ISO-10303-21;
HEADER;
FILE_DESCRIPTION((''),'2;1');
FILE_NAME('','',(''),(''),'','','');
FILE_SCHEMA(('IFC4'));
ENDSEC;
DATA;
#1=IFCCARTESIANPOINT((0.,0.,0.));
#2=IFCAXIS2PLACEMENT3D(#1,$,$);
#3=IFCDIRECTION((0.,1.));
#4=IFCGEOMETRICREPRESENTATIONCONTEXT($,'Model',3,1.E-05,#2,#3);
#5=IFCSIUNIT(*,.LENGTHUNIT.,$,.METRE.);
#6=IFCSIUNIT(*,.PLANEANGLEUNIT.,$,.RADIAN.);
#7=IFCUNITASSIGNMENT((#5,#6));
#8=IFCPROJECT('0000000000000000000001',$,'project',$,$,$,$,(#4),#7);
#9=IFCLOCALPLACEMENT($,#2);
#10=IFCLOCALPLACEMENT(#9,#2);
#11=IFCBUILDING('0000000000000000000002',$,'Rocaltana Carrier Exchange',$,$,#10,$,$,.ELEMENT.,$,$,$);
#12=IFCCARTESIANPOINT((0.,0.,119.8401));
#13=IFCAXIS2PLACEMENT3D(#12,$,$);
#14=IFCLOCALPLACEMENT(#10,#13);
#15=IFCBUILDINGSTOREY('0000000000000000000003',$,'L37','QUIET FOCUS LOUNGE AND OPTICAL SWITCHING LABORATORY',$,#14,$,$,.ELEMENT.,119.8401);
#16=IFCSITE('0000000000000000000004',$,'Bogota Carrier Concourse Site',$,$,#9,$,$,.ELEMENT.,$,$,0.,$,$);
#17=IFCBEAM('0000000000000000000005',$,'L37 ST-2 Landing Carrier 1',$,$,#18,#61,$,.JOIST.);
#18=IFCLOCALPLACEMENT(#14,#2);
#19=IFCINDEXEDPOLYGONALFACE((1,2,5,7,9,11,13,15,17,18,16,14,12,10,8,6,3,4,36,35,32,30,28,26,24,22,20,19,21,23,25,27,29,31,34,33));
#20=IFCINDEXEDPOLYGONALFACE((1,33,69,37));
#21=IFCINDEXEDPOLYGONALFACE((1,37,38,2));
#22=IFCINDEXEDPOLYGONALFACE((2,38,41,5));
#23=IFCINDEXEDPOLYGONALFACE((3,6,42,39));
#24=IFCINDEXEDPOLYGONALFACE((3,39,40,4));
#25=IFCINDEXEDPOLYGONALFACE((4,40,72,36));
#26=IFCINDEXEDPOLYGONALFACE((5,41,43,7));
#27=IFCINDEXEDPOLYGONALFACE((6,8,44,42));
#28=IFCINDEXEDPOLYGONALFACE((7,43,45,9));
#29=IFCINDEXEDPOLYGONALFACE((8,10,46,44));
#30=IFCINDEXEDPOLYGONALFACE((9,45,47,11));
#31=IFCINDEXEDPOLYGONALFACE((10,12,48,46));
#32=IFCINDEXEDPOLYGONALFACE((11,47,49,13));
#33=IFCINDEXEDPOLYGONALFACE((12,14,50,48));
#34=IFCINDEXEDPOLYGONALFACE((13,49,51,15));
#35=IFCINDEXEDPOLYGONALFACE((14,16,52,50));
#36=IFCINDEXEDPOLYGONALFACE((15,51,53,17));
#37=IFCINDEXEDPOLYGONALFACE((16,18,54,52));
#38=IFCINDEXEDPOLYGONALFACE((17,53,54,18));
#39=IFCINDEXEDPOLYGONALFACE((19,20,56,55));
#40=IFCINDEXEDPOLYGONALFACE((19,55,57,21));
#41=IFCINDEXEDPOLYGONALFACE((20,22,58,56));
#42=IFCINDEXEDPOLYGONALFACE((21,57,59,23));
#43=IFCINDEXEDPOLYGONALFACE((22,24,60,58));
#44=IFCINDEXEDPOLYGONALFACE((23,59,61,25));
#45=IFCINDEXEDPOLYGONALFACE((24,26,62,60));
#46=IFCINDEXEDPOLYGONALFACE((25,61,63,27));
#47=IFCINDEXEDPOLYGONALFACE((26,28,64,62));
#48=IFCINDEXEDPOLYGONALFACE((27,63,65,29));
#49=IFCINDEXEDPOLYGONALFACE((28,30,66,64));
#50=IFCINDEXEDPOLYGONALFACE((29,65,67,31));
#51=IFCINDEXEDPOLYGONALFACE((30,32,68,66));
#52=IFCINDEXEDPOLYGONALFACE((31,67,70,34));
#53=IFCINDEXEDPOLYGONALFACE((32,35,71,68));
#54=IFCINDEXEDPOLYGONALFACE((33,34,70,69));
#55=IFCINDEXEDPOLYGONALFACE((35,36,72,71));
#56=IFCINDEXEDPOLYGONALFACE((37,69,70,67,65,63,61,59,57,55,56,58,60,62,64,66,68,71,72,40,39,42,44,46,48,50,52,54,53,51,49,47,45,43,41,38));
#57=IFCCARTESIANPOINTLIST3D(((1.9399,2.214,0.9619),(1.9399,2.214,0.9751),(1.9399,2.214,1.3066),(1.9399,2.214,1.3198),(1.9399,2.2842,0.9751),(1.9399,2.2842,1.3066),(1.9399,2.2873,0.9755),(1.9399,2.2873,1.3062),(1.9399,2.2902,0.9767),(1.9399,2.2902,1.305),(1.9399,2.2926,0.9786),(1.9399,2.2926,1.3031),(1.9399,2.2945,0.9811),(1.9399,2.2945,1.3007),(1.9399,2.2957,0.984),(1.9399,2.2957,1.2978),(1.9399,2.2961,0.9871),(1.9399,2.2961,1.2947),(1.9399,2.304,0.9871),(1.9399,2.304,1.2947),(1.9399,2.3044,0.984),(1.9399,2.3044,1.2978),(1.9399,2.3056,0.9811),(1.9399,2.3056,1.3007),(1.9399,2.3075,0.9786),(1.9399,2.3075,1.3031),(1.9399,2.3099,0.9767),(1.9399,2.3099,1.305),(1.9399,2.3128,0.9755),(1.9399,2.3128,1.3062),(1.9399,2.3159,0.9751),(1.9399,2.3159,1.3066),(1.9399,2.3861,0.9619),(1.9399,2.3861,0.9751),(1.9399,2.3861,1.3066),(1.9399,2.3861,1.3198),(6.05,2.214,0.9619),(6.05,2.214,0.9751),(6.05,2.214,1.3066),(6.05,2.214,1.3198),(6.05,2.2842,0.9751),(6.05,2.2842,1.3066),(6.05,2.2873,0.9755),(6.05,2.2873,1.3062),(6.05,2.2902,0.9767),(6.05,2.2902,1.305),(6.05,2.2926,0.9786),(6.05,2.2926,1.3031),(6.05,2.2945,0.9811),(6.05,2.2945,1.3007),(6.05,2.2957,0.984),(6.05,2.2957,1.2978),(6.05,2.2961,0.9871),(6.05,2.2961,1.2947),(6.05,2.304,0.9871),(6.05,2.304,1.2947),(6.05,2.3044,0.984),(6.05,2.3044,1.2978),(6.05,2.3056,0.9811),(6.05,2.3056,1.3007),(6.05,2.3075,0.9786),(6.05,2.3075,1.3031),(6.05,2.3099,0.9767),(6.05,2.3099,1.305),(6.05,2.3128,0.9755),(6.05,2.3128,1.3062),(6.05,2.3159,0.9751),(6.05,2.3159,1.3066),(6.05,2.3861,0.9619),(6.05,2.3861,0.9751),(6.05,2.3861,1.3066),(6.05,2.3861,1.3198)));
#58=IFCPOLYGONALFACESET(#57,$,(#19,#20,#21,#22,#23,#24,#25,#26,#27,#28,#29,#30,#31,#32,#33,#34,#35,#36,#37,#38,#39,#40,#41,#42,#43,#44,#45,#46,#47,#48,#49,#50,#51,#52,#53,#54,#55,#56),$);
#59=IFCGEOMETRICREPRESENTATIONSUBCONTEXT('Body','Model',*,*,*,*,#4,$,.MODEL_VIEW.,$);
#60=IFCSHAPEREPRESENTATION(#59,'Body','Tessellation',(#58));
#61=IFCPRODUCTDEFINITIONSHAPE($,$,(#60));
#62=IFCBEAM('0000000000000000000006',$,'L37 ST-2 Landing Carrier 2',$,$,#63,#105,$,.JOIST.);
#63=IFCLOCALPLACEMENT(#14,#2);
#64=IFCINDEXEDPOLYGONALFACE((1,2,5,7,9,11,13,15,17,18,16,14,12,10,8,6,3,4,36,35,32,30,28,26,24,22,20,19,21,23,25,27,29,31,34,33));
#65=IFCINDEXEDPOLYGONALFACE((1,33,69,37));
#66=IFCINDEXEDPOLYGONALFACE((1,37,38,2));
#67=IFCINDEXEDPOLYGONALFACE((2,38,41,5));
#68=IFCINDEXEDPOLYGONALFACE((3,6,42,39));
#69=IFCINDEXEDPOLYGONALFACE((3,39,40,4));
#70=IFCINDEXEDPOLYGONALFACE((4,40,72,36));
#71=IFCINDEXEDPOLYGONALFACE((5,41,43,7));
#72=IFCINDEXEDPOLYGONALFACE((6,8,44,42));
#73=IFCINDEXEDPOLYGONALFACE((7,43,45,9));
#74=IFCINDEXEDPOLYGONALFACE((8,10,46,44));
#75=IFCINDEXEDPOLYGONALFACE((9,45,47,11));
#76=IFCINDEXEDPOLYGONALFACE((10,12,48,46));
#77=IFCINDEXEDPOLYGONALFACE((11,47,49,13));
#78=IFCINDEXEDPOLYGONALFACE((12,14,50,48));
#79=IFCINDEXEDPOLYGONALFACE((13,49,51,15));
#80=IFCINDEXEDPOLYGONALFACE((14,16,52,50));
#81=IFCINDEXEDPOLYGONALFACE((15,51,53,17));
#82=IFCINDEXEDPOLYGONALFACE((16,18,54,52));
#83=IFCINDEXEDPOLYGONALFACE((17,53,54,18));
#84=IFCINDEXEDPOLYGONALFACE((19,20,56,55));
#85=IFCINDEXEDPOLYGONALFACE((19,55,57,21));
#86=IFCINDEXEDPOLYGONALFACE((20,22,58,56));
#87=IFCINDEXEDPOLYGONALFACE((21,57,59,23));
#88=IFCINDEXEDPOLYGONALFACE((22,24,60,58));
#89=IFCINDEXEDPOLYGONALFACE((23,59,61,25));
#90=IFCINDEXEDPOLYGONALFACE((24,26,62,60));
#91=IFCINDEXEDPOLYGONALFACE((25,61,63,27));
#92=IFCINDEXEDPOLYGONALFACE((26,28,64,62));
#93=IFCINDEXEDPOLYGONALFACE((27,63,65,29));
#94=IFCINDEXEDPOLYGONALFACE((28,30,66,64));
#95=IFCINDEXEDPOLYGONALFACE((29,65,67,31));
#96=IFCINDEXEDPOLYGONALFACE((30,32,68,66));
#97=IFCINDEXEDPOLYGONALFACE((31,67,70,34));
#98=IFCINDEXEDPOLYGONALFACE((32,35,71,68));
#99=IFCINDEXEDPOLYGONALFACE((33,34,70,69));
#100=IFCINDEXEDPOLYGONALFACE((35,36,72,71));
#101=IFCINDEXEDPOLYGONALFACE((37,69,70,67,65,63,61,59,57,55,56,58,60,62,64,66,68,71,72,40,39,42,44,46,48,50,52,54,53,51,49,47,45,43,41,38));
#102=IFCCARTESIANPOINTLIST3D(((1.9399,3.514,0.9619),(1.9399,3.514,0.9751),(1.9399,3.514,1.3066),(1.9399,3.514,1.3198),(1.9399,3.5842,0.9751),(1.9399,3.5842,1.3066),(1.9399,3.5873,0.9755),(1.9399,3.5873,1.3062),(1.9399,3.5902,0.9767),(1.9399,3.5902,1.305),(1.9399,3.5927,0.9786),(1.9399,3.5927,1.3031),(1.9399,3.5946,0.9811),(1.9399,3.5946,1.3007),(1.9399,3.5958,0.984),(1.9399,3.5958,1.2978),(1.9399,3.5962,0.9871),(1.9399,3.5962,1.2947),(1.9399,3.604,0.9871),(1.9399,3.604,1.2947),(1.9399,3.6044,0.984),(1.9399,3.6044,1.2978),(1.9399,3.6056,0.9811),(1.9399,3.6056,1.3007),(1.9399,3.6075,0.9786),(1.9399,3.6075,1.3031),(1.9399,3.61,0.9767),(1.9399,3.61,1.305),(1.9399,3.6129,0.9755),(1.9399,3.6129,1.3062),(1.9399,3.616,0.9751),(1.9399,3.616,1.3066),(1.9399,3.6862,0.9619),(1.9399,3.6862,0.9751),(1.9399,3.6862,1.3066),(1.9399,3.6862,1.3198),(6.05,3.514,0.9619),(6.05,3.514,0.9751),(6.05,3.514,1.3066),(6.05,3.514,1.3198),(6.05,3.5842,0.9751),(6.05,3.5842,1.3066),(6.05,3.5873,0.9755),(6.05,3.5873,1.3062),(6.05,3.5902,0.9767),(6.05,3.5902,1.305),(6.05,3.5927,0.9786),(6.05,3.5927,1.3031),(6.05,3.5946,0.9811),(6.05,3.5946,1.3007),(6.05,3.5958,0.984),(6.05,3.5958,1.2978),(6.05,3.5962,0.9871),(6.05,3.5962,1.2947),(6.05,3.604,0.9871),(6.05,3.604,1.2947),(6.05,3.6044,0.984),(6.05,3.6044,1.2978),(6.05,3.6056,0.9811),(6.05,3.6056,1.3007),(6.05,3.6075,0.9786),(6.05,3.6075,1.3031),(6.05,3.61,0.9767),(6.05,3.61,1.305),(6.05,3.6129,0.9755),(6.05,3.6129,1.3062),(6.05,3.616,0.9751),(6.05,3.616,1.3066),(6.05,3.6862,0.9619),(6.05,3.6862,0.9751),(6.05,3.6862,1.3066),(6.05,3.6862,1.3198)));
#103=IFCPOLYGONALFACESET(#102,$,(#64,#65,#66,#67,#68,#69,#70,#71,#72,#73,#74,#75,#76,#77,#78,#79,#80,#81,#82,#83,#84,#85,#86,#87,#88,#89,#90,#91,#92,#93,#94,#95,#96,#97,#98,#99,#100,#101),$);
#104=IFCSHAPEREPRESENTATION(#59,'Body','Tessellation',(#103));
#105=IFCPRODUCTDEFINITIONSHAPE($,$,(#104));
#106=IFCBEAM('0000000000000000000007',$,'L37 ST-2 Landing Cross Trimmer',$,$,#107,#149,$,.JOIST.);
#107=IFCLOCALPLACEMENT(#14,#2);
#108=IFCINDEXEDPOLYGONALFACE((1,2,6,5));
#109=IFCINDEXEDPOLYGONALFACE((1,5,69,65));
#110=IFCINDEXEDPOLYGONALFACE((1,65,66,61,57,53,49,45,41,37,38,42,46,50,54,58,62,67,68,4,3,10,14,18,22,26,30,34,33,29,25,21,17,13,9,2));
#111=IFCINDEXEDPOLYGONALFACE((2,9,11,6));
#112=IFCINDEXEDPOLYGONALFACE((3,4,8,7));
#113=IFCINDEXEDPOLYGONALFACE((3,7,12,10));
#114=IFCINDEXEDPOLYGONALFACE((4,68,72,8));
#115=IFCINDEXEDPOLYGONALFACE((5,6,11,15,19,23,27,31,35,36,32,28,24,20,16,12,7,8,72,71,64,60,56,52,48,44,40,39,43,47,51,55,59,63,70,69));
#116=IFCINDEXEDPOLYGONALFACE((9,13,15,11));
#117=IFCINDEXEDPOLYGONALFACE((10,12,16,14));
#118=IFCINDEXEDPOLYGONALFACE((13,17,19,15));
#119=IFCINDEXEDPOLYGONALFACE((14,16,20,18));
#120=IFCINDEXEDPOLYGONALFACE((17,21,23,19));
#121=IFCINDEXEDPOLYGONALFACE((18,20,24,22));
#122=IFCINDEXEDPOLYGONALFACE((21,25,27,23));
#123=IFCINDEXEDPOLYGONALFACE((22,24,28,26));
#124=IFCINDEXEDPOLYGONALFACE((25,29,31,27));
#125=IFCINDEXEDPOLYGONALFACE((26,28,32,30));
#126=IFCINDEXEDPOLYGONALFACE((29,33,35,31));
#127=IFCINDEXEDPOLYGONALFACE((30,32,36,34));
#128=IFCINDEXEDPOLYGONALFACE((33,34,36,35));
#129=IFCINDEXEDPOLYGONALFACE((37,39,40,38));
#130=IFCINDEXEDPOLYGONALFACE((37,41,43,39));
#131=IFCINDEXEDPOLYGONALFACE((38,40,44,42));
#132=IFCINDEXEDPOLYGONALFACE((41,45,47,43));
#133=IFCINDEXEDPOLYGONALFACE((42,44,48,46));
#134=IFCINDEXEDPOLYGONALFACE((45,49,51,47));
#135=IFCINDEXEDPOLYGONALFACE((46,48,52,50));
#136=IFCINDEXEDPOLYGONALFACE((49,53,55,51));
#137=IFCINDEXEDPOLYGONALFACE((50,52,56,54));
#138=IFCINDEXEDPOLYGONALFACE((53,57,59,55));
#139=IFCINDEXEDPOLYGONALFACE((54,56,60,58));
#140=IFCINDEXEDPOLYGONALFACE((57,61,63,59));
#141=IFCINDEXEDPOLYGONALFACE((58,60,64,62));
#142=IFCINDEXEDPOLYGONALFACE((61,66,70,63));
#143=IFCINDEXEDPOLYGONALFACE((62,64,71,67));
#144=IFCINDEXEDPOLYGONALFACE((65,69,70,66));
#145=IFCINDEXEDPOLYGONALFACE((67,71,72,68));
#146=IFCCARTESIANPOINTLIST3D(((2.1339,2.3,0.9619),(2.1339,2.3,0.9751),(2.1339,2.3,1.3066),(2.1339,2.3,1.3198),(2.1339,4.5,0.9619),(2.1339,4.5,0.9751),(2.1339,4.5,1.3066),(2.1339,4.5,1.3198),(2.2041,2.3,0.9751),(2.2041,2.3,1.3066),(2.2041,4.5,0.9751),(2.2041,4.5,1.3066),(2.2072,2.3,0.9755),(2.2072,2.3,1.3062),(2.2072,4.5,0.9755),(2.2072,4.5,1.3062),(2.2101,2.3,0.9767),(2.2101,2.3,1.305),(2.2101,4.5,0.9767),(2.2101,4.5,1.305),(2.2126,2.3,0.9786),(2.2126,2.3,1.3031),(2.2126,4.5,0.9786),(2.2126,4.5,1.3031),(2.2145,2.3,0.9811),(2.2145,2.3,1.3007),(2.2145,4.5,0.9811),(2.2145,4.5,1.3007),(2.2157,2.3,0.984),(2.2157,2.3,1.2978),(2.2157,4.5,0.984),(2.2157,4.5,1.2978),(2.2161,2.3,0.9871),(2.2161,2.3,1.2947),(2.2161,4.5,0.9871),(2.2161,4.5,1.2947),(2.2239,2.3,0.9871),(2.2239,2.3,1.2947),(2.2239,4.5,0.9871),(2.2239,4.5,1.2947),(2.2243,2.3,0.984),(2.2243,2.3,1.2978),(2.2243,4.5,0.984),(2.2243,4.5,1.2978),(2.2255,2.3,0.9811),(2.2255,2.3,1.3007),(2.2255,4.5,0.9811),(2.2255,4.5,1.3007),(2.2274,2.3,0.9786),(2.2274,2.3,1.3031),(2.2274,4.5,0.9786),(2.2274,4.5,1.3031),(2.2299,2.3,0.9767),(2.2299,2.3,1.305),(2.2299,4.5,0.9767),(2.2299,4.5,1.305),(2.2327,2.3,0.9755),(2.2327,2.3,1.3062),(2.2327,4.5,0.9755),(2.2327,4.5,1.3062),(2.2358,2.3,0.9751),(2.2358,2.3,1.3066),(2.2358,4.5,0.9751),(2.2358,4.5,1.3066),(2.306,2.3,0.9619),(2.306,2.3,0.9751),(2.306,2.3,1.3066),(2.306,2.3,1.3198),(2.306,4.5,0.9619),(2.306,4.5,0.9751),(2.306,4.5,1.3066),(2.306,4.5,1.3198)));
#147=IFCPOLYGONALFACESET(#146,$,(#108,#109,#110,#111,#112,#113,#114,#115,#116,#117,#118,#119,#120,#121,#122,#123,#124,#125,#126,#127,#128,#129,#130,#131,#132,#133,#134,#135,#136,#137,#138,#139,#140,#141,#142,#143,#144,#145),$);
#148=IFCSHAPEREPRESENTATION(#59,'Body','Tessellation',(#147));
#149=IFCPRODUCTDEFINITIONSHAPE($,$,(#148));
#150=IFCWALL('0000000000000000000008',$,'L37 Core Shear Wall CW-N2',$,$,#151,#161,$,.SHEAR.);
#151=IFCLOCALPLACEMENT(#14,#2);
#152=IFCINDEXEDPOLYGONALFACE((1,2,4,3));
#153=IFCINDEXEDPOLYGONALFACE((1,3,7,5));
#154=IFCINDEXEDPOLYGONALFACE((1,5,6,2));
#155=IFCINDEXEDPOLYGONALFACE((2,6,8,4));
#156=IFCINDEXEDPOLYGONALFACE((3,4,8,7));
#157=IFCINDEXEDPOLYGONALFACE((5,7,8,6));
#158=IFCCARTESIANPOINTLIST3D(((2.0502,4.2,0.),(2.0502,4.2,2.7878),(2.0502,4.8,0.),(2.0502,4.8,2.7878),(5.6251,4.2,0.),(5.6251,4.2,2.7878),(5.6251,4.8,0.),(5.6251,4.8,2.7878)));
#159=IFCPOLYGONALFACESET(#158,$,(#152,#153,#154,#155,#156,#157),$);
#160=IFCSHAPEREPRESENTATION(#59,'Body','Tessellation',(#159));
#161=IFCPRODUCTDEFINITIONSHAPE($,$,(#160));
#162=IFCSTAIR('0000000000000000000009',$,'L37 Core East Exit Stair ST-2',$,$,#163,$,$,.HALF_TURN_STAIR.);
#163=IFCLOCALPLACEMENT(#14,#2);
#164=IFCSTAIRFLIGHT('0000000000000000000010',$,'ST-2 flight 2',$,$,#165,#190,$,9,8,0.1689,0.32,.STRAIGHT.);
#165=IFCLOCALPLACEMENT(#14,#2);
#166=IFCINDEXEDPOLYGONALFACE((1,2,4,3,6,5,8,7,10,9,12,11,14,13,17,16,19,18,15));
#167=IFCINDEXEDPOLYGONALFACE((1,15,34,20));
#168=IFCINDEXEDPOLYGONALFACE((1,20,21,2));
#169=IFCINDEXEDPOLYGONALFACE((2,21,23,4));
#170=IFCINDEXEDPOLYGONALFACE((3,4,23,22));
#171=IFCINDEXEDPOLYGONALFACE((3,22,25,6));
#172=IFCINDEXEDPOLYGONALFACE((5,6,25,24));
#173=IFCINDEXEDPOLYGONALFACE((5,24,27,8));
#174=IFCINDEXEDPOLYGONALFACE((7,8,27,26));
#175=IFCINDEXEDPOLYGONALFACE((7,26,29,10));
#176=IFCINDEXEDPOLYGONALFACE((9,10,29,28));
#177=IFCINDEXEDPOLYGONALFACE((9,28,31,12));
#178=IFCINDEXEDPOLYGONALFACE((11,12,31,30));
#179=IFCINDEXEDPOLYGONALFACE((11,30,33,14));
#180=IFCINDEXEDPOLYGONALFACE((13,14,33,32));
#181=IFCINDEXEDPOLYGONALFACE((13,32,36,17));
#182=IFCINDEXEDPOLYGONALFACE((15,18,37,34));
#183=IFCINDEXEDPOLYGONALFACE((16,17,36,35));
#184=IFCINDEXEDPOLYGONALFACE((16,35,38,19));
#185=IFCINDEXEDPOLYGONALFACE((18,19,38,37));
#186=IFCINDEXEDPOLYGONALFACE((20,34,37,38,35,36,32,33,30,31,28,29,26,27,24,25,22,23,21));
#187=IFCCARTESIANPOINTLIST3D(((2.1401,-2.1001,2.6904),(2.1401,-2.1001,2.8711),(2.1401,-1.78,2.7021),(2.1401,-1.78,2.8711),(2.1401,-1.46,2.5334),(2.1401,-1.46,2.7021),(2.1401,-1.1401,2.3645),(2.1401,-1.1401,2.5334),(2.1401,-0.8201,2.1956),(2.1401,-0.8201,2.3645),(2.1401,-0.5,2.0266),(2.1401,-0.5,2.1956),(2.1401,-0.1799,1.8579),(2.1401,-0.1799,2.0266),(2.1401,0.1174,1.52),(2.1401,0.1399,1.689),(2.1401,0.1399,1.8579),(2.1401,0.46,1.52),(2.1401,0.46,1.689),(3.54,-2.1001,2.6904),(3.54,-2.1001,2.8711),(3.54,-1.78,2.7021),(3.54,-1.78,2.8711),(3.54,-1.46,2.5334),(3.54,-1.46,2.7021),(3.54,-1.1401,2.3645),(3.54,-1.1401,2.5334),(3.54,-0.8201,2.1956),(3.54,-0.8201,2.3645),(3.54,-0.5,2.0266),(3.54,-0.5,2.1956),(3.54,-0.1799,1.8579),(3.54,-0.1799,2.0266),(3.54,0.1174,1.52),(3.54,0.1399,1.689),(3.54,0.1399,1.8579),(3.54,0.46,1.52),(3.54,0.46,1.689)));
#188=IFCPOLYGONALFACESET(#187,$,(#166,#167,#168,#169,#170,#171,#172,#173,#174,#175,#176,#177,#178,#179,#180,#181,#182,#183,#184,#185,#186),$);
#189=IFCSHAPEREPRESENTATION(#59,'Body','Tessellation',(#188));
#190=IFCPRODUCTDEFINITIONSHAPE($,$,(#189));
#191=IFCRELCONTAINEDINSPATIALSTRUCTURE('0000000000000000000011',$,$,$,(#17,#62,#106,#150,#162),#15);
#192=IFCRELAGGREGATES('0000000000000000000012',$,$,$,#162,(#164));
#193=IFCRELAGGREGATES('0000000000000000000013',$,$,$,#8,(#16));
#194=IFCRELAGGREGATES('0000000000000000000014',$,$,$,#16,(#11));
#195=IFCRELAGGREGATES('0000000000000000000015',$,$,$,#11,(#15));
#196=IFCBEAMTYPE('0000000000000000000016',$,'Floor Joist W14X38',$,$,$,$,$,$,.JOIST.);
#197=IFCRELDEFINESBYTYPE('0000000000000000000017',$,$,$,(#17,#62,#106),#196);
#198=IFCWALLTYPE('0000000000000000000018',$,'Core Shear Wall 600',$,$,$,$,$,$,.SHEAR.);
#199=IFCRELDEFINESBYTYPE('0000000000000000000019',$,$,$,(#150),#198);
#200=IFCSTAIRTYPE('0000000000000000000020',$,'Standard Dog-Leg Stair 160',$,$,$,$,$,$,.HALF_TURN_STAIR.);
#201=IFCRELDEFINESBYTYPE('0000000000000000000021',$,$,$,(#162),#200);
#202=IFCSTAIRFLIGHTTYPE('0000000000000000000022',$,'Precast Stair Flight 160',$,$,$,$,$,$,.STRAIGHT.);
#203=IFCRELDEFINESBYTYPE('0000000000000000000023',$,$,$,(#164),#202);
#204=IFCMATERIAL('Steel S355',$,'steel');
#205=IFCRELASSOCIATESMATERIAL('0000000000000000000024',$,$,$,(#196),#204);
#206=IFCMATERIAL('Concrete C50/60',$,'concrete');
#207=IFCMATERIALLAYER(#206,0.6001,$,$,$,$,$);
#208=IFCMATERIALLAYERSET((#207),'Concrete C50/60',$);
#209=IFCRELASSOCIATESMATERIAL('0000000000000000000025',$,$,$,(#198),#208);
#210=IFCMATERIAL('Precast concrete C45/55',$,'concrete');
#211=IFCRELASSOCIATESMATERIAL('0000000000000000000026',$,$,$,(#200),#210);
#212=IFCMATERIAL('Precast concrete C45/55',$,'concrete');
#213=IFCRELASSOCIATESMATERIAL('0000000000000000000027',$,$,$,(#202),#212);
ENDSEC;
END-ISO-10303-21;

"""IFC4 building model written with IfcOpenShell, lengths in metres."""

from ifc_helpers import new_model, si_unit, direction, frame, frame_2d, origin, origin_2d, place, context, subcontext, project, spatial, polyline, rectangle, i_section, outline, extrude, material, layer, layer_set, material_profile, profile_set, type_object, element, aggregate, save


model = new_model("IFC4")

# Units and contexts
model_context = context("Model", 3, precision=1e-05, world=origin(), true_north=direction((0.0, 1.0)))
body_context = subcontext(model_context, "Body", "Model", "MODEL_VIEW")
ifc_project = project(units=[si_unit("LENGTHUNIT", "METRE"), si_unit("PLANEANGLEUNIT", "RADIAN")], contexts=[model_context])

# Site, building, storey
site_placement = place(None, origin())
site = spatial("IfcSite", under=ifc_project, at=site_placement, Name="Bogota Carrier Concourse Site", CompositionType="ELEMENT", RefElevation=0.0)
building_placement = place(site_placement, origin())
building = spatial("IfcBuilding", under=site, at=building_placement, Name="Rocaltana Carrier Exchange", CompositionType="ELEMENT")
storey_placement = place(building_placement, frame((0.0, 0.0, 119.8401)))
storey = spatial("IfcBuildingStorey", under=building, at=storey_placement, Name="L37", Description="QUIET FOCUS LOUNGE AND OPTICAL SWITCHING LABORATORY", CompositionType="ELEMENT", Elevation=119.8401)

# Beams
ifc_material_1 = material(Name="Steel S355", Category="steel")
ifc_material_profile = material_profile(ifc_material_1, i_section(OverallWidth=0.1721, OverallDepth=0.3579, WebThickness=0.0078, FlangeThickness=0.0132, FilletRadius=0.012, at=origin_2d()), Name="W14X38")
ifc_profile_set = profile_set([ifc_material_profile], Name="Steel S355")
beam_type = type_object("IfcBeamType", Name="Floor Joist W14X38", PredefinedType="JOIST", material=ifc_profile_set)
for number, where, z_axis, x_axis, name in (
    (1, (1.9399, 2.3, 1.1409), (1.0, 0.0, 0.0), (0.0, 1.0, 0.0), "L37 ST-2 Landing Carrier 1"),
    (2, (1.9399, 3.6001, 1.1409), (1.0, 0.0, 0.0), (0.0, 1.0, 0.0), "L37 ST-2 Landing Carrier 2"),
):
    element("IfcBeam", number, at=place(storey_placement, frame(where, z_axis=z_axis, x_axis=x_axis)), inside=storey, type_object=beam_type, Name=name, PredefinedType="JOIST", context=body_context, shape_type="SweptSolid", body=[
        extrude(i_section(OverallWidth=0.1721, OverallDepth=0.3579, WebThickness=0.0078, FlangeThickness=0.0132, FilletRadius=0.012, at=origin_2d()), origin(), (0.0, 0.0, 1.0), 4.1101),
    ])
beam_placement = place(storey_placement, frame((2.22, 2.3, 1.1409), z_axis=(0.0, 1.0, 0.0), x_axis=(-1.0, 0.0, 0.0)))
element("IfcBeam", 3, at=beam_placement, inside=storey, type_object=beam_type, Name="L37 ST-2 Landing Cross Trimmer", PredefinedType="JOIST", context=body_context, shape_type="SweptSolid", body=[
    extrude(i_section(OverallWidth=0.1721, OverallDepth=0.3579, WebThickness=0.0078, FlangeThickness=0.0132, FilletRadius=0.012, at=origin_2d()), origin(), (0.0, 0.0, 1.0), 2.2),
])

# Wall
ifc_material_2 = material(Name="Concrete C50/60", Category="concrete")
ifc_layer_1 = layer(ifc_material_2, 0.6001)
ifc_layer_set_1 = layer_set([ifc_layer_1], Name="Concrete C50/60")
wall_type = type_object("IfcWallType", Name="Core Shear Wall 600", PredefinedType="SHEAR", material=ifc_layer_set_1)
wall_placement = place(storey_placement, frame((2.05, 4.5, 0.0), z_axis=(0.0, 0.0, 1.0), x_axis=(1.0, 0.0, 0.0)))
element("IfcWall", 4, at=wall_placement, inside=storey, type_object=wall_type, Name="L37 Core Shear Wall CW-N2", PredefinedType="SHEAR", context=body_context, shape_type="SweptSolid", body=[
    extrude(rectangle(XDim=3.575, YDim=0.6001, at=frame_2d((1.7876, 0.0))), origin(), (0.0, 0.0, 1.0), 2.7878),
])

# Stair, stair flight
ifc_material_3 = material(Name="Precast concrete C45/55", Category="concrete")
stair_type = type_object("IfcStairType", Name="Standard Dog-Leg Stair 160", PredefinedType="HALF_TURN_STAIR", material=ifc_material_3)
stair_placement = place(storey_placement, origin())
stair = element("IfcStair", 5, at=stair_placement, inside=storey, type_object=stair_type, Name="L37 Core East Exit Stair ST-2", PredefinedType="HALF_TURN_STAIR")
ifc_material_4 = material(Name="Precast concrete C45/55", Category="concrete")
stair_flight_type = type_object("IfcStairFlightType", Name="Precast Stair Flight 160", PredefinedType="STRAIGHT", material=ifc_material_4)
stair_flight_placement = place(storey_placement, frame((2.8401, 0.46, 1.52), z_axis=(0.0, 0.0, 1.0), x_axis=(0.0, -1.0, 0.0)))
stair_flight = element("IfcStairFlight", 6, at=stair_flight_placement, type_object=stair_flight_type, Name="ST-2 flight 2", NumberOfRisers=9, NumberOfTreads=8, PredefinedType="STRAIGHT", RiserHeight=0.1689, TreadLength=0.32, context=body_context, shape_type="SweptSolid", body=[
    extrude(outline(polyline([(0.0, 0.0), (0.0, 0.1689), (0.3201, 0.1689), (0.3201, 0.3379), (0.6399, 0.3379), (0.6399, 0.5066), (0.96, 0.5066), (0.96, 0.6755), (1.28, 0.6755), (1.28, 0.8445), (1.6001, 0.8445), (1.6001, 1.0134), (1.9199, 1.0134), (1.9199, 1.1821), (2.24, 1.1821), (2.24, 1.3511), (2.5601, 1.3511), (2.5601, 1.52), (2.5601, 1.1704), (0.3425, 0.0), (0.0, 0.0)])), frame((0.0, 0.7, 0.0), z_axis=(0.0, -1.0, 0.0), x_axis=(1.0, 0.0, 0.0)), (0.0, 0.0, 1.0), 1.3999),
])
aggregate(stair, [stair_flight])

save(model, "model.ifc")
